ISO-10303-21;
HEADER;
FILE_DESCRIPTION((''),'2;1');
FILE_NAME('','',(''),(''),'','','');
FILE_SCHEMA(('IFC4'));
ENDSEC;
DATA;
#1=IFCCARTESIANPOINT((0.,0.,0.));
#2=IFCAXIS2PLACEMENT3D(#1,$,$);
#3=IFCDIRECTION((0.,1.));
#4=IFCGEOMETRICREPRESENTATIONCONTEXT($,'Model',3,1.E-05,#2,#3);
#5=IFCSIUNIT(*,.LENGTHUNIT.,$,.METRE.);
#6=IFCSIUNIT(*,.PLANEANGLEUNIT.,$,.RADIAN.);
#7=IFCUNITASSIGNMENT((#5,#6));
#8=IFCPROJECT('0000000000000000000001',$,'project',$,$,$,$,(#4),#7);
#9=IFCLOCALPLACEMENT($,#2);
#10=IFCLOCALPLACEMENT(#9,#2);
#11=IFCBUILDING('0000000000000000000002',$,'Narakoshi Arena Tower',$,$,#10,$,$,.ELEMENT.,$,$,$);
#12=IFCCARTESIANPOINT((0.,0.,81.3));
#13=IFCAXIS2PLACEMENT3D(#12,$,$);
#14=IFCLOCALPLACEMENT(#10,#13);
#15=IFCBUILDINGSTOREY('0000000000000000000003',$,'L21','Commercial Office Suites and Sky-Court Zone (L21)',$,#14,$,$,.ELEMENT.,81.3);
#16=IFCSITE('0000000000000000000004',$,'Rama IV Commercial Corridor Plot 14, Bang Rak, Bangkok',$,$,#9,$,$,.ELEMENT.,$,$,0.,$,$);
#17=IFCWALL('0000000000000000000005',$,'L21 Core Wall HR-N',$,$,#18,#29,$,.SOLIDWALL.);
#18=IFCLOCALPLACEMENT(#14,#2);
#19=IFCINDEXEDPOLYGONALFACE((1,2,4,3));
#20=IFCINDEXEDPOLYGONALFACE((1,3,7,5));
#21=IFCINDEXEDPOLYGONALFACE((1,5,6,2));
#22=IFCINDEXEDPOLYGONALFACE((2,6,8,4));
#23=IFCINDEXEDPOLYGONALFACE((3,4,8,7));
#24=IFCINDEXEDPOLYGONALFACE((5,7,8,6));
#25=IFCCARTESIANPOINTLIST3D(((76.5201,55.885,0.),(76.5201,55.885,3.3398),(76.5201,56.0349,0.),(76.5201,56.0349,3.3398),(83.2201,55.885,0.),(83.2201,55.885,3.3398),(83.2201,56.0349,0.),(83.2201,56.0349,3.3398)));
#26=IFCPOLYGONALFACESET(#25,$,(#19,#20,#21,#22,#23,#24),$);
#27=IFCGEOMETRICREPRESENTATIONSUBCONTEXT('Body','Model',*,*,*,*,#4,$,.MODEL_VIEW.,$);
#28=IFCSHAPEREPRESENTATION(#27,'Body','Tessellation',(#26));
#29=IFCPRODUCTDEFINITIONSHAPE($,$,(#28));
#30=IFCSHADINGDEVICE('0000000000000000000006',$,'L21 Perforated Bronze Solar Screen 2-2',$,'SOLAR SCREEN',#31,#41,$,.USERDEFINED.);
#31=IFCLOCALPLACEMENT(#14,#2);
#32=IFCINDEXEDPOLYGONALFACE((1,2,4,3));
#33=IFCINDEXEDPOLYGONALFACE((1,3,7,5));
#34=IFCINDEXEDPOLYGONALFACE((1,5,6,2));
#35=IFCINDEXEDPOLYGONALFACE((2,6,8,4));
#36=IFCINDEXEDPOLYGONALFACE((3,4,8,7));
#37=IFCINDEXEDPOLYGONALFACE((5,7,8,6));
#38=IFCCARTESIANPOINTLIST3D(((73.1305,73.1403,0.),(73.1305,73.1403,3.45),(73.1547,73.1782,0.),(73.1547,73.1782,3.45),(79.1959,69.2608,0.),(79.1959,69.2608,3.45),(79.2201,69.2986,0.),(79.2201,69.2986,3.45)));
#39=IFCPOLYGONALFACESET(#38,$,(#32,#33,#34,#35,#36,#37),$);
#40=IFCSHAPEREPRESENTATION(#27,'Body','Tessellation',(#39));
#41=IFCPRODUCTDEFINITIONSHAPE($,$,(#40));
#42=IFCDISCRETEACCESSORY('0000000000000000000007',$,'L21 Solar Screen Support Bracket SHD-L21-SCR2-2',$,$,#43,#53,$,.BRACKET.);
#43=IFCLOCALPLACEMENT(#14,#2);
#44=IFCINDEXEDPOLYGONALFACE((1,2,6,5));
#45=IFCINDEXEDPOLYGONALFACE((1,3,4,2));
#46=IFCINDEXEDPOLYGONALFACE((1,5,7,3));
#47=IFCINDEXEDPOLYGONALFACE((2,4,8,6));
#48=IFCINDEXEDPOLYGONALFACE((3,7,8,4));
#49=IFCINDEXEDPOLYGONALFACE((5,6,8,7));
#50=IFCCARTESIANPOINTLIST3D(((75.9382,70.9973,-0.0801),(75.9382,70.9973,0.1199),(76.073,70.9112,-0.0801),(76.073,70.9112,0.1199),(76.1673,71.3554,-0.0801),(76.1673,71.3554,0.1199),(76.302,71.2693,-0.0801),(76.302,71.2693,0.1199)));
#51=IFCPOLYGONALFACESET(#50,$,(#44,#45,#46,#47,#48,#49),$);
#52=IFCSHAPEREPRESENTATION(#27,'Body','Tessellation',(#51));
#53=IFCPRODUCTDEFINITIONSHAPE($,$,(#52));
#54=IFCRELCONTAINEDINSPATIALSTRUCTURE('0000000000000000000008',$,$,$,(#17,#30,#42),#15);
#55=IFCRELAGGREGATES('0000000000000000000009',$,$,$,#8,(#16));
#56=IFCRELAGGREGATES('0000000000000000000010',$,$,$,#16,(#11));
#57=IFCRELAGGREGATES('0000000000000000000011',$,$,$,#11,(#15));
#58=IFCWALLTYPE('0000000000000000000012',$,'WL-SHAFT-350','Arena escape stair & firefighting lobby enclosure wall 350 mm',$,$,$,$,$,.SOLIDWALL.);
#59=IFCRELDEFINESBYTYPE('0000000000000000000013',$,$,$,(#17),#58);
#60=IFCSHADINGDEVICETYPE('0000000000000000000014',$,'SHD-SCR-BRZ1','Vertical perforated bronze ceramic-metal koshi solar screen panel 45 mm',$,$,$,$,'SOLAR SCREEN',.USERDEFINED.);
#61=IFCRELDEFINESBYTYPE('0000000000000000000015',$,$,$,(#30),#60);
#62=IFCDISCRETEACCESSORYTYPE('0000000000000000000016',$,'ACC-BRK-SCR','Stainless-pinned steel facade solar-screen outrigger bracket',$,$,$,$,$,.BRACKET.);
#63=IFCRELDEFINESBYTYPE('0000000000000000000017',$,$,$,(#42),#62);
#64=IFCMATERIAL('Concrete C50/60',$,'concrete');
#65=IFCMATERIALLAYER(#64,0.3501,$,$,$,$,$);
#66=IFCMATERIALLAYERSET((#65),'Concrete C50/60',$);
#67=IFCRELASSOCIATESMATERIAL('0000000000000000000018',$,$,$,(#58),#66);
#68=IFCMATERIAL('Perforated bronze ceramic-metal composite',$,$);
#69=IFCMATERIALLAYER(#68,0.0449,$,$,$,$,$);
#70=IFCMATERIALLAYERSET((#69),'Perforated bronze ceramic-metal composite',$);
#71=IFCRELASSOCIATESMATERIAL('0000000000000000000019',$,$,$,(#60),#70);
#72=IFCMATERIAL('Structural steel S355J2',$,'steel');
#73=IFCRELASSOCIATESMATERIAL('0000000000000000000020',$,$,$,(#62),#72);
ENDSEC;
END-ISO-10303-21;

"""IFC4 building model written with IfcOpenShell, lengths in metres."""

from ifc_helpers import new_model, si_unit, direction, frame, frame_2d, origin, origin_2d, place, context, subcontext, project, spatial, rectangle, extrude, material, layer, layer_set, type_object, element, save


model = new_model("IFC4")

# Units and contexts
model_context = context("Model", 3, precision=1e-05, world=origin(), true_north=direction((0.0, 1.0)))
body_context = subcontext(model_context, "Body", "Model", "MODEL_VIEW")
ifc_project = project(units=[si_unit("LENGTHUNIT", "METRE"), si_unit("PLANEANGLEUNIT", "RADIAN")], contexts=[model_context])

# Site, building, storey
site_placement = place(None, origin())
site = spatial("IfcSite", under=ifc_project, at=site_placement, Name="Rama IV Commercial Corridor Plot 14, Bang Rak, Bangkok", CompositionType="ELEMENT", RefElevation=0.0)
building_placement = place(site_placement, origin())
building = spatial("IfcBuilding", under=site, at=building_placement, Name="Narakoshi Arena Tower", CompositionType="ELEMENT")
storey_placement = place(building_placement, frame((0.0, 0.0, 81.3)))
storey = spatial("IfcBuildingStorey", under=building, at=storey_placement, Name="L21", Description="Commercial Office Suites and Sky-Court Zone (L21)", CompositionType="ELEMENT", Elevation=81.3)

# Wall
ifc_material_1 = material(Name="Concrete C50/60", Category="concrete")
ifc_layer_1 = layer(ifc_material_1, 0.3501)
ifc_layer_set_1 = layer_set([ifc_layer_1], Name="Concrete C50/60")
wall_type_1 = type_object("IfcWallType", Name="WL-SHAFT-350", Description="Arena escape stair & firefighting lobby enclosure wall 350 mm", PredefinedType="SOLIDWALL", material=ifc_layer_set_1)
wall_1_placement = place(storey_placement, frame((76.52, 55.96, 0.0), z_axis=(0.0, 0.0, 1.0), x_axis=(1.0, 0.0, 0.0)))
element("IfcWall", 1, at=wall_1_placement, inside=storey, type_object=wall_type_1, Name="L21 Core Wall HR-N", PredefinedType="SOLIDWALL", context=body_context, shape_type="SweptSolid", body=[
    extrude(rectangle(XDim=6.7, YDim=0.1499, at=frame_2d((3.3501, 0.0))), origin(), (0.0, 0.0, 1.0), 3.3398),
])

# Shading device
ifc_material_2 = material(Name="Perforated bronze ceramic-metal composite")
ifc_layer_2 = layer(ifc_material_2, 0.0449)
ifc_layer_set_2 = layer_set([ifc_layer_2], Name="Perforated bronze ceramic-metal composite")
shading_device_type = type_object("IfcShadingDeviceType", Name="SHD-SCR-BRZ1", Description="Vertical perforated bronze ceramic-metal koshi solar screen panel 45 mm", ElementType="SOLAR SCREEN", PredefinedType="USERDEFINED", material=ifc_layer_set_2)
shading_device_placement = place(storey_placement, frame((76.1753, 71.2195, 0.0), z_axis=(0.0, 0.0, 1.0), x_axis=(-0.842415, 0.53883, 0.0)))
element("IfcShadingDevice", 2, at=shading_device_placement, inside=storey, type_object=shading_device_type, Name="L21 Perforated Bronze Solar Screen 2-2", ObjectType="SOLAR SCREEN", PredefinedType="USERDEFINED", context=body_context, shape_type="SweptSolid", body=[
    extrude(rectangle(XDim=7.2, YDim=0.0449, at=origin_2d()), origin(), (0.0, 0.0, 1.0), 3.45),
])

# Discrete accessory
ifc_material_3 = material(Name="Structural steel S355J2", Category="steel")
discrete_accessory_type = type_object("IfcDiscreteAccessoryType", Name="ACC-BRK-SCR", Description="Stainless-pinned steel facade solar-screen outrigger bracket", PredefinedType="BRACKET", material=ifc_material_3)
discrete_accessory_placement = place(storey_placement, frame((76.1201, 71.1333, -0.0801), z_axis=(0.0, 0.0, 1.0), x_axis=(-0.842415, 0.53883, 0.0)))
element("IfcDiscreteAccessory", 3, at=discrete_accessory_placement, inside=storey, type_object=discrete_accessory_type, Name="L21 Solar Screen Support Bracket SHD-L21-SCR2-2", PredefinedType="BRACKET", context=body_context, shape_type="SweptSolid", body=[
    extrude(rectangle(XDim=0.1599, YDim=0.425, at=origin_2d()), origin(), (0.0, 0.0, 1.0), 0.2),
])

save(model, "model.ifc")
